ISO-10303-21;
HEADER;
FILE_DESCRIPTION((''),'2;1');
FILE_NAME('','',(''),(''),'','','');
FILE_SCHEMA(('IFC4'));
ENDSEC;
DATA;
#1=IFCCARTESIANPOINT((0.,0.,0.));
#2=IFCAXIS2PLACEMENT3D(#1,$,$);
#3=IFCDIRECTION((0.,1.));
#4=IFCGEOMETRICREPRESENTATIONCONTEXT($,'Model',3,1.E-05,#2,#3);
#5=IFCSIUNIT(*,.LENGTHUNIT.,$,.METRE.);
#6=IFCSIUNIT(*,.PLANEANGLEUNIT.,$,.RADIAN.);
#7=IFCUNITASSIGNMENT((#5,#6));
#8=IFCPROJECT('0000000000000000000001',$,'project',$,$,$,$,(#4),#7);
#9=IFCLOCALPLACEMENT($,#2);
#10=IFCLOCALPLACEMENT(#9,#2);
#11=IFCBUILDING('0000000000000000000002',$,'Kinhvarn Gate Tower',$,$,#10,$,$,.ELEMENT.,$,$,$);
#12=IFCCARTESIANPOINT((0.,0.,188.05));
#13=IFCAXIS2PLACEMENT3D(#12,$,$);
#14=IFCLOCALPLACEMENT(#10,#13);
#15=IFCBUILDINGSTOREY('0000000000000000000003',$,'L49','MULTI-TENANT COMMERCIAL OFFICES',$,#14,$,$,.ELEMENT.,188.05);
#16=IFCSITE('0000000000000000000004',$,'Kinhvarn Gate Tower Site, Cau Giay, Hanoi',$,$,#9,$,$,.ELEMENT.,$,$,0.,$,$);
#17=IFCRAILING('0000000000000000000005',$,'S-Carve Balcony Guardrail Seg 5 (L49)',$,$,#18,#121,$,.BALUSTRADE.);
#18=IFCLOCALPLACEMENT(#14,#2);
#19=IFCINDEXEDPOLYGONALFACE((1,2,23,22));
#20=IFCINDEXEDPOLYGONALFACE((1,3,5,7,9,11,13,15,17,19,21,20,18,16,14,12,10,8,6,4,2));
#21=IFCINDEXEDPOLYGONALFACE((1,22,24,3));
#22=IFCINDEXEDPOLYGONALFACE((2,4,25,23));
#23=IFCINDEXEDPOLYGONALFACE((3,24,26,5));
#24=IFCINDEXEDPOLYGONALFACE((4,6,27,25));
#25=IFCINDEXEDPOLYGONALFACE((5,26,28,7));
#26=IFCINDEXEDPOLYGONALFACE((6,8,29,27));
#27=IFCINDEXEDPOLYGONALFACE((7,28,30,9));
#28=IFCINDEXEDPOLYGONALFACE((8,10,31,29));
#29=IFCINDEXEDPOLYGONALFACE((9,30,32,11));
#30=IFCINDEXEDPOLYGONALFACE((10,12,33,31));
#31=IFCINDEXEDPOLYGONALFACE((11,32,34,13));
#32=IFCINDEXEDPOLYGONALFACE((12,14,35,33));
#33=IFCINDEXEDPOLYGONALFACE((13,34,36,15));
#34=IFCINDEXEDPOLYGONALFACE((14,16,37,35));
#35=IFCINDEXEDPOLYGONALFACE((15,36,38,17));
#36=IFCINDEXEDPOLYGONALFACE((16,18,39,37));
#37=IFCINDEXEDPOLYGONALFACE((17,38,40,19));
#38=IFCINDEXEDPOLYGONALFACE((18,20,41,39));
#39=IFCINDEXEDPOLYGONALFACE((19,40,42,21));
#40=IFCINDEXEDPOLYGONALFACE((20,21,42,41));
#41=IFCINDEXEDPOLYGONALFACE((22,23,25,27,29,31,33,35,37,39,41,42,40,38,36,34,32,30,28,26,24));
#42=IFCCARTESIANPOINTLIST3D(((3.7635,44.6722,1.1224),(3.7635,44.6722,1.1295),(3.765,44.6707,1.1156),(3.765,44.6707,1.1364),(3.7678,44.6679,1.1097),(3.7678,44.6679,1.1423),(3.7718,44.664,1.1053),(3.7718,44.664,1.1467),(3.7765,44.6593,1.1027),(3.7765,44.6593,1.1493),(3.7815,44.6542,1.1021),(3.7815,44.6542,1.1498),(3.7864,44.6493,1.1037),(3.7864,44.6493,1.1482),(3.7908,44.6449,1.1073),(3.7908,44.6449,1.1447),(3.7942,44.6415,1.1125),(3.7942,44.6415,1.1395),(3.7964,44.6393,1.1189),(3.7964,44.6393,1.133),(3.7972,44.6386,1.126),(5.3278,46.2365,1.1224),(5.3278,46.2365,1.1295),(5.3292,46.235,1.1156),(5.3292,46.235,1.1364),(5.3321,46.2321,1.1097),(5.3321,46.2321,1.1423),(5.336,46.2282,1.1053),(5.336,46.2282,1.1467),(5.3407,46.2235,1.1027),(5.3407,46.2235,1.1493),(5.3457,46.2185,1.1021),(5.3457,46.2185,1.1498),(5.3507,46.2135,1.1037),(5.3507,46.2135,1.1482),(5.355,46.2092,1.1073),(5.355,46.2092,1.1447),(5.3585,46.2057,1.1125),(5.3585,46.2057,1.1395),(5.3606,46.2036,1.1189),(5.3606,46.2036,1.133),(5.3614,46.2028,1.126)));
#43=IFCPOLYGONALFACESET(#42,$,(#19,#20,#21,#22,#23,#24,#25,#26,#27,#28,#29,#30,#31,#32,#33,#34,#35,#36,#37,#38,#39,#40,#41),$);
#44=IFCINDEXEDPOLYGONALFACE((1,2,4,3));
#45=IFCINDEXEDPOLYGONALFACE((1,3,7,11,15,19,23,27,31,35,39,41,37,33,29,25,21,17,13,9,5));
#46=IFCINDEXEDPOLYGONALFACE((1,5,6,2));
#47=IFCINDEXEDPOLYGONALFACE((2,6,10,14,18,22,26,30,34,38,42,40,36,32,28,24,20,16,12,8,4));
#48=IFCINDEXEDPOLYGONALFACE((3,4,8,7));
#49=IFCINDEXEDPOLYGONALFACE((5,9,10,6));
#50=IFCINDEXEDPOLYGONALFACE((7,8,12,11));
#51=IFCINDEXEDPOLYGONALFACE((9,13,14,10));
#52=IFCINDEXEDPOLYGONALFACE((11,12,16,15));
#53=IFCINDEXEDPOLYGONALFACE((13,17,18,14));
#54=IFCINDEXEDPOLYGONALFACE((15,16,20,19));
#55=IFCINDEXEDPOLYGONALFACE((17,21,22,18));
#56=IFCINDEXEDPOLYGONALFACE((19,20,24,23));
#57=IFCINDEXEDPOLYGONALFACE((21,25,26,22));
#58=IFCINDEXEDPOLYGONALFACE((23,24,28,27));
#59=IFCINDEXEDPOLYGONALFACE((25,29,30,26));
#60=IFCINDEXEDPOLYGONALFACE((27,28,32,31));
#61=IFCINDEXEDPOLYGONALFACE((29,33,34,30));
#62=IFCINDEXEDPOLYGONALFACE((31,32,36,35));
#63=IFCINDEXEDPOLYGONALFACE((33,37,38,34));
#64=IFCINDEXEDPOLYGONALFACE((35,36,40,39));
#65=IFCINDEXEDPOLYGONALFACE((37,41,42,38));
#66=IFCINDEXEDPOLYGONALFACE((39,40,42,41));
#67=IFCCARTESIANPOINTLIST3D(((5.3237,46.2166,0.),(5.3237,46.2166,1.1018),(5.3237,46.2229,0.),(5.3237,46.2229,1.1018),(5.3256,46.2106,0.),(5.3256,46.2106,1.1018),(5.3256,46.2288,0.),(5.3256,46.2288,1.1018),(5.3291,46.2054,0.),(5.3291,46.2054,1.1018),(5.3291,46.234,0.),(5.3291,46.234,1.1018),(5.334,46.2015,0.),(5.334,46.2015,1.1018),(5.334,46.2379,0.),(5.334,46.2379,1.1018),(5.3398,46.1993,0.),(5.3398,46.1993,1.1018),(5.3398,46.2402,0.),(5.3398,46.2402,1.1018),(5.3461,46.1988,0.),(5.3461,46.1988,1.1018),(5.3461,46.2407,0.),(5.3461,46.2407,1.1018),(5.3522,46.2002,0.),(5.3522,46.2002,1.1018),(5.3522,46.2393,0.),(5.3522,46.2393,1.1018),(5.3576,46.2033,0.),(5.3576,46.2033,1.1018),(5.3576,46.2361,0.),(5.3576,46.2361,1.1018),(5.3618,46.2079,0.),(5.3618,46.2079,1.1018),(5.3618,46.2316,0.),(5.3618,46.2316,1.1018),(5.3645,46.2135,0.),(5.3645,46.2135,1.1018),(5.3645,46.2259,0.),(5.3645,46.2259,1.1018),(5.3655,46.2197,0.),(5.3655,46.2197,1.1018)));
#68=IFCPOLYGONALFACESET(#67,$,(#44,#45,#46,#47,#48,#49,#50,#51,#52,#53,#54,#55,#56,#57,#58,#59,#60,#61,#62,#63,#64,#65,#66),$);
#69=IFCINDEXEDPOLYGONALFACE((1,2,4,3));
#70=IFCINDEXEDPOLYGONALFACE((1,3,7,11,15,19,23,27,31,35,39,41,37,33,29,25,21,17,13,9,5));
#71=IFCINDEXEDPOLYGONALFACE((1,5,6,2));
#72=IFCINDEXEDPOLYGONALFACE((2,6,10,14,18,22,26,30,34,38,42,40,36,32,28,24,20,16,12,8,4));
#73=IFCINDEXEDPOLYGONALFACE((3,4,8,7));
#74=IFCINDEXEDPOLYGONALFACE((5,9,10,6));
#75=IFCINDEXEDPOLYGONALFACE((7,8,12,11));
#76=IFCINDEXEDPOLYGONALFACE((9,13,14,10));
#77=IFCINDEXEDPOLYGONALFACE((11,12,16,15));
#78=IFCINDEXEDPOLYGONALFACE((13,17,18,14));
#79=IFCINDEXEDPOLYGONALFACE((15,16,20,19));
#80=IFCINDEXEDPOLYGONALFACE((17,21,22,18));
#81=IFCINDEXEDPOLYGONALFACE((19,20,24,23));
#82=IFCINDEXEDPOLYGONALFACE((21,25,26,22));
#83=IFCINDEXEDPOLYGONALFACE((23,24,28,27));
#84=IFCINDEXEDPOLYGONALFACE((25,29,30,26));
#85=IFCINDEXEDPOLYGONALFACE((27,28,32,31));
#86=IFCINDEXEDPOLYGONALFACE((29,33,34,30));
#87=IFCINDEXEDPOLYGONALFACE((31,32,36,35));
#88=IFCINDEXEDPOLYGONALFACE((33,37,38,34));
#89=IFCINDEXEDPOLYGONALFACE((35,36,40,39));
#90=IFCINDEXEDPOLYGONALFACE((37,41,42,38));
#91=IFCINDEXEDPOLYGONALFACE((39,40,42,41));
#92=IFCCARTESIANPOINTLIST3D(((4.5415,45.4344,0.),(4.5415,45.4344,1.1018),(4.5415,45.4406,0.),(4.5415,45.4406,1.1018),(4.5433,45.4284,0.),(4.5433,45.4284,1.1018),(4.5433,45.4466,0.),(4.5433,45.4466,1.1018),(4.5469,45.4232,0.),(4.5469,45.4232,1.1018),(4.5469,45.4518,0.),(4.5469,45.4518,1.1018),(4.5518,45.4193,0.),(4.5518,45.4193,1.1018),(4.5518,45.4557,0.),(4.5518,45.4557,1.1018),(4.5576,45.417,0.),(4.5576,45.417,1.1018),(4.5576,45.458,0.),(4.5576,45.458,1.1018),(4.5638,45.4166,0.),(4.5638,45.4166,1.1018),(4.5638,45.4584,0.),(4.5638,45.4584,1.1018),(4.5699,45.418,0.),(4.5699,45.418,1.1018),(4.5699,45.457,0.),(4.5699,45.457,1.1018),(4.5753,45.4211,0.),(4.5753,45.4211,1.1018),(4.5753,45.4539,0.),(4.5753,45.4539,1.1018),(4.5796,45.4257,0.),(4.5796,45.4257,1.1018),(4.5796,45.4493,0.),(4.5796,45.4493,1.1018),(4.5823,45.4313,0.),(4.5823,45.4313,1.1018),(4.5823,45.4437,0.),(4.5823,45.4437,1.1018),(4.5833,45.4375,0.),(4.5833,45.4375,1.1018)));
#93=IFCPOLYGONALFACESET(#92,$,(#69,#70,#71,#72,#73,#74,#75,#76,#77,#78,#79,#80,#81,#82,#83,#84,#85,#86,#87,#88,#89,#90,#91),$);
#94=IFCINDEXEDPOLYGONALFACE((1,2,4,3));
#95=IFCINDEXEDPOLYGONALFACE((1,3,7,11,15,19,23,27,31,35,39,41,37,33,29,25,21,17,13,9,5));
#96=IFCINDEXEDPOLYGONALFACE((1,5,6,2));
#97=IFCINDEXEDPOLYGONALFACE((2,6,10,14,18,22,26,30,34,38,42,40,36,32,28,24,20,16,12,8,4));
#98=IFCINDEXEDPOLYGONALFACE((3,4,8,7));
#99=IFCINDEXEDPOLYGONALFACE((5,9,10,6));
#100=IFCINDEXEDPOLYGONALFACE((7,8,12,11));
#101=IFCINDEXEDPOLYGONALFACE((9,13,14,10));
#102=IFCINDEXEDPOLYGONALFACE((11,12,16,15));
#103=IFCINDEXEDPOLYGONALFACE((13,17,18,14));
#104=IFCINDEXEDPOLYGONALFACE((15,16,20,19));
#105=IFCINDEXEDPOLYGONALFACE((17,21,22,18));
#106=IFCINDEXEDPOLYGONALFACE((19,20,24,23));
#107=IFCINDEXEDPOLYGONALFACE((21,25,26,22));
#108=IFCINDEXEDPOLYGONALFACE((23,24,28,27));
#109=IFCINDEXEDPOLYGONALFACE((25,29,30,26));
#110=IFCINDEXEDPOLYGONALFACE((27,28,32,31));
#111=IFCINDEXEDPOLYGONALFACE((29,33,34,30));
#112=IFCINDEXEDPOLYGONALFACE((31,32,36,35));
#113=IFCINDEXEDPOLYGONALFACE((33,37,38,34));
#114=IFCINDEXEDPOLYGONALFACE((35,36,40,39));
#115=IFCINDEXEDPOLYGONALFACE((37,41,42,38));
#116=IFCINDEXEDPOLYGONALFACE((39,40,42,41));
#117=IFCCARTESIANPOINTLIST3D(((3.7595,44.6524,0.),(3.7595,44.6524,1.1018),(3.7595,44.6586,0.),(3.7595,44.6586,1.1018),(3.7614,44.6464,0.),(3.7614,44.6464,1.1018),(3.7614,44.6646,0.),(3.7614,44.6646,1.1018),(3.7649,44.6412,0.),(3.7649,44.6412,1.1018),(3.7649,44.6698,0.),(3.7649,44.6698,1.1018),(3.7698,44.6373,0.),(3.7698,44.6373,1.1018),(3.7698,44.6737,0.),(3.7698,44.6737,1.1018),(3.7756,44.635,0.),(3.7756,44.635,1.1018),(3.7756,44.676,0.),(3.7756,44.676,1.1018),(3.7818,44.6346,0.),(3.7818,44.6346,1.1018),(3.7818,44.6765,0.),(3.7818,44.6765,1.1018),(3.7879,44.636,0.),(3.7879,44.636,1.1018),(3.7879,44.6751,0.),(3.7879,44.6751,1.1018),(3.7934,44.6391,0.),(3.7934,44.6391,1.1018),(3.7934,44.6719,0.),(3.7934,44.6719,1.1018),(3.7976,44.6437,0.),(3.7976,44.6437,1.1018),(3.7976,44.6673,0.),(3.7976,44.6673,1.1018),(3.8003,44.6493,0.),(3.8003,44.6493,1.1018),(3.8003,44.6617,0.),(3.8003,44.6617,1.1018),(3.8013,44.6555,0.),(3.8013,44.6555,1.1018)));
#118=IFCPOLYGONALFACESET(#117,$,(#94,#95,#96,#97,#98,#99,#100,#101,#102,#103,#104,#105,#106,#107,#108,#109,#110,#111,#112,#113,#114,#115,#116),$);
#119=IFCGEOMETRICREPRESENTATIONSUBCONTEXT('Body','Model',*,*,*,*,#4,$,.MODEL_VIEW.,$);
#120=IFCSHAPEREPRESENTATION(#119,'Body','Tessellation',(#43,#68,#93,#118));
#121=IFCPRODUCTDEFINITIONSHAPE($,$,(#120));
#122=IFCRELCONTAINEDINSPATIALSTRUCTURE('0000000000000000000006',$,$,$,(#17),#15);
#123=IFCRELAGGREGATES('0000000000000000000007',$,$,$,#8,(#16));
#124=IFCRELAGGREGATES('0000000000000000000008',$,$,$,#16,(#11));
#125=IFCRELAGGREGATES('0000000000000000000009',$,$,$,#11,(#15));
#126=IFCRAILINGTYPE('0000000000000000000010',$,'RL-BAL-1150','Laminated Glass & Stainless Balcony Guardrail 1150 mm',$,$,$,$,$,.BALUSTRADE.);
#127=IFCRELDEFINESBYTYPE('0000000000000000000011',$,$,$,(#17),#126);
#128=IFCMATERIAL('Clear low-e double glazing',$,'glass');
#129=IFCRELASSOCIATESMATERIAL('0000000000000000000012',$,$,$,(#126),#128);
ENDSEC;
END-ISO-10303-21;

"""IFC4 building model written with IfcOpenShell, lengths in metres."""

from ifc_helpers import new_model, si_unit, direction, frame, origin, origin_2d, place, context, subcontext, project, spatial, circle, extrude, material, type_object, element, save


model = new_model("IFC4")

# Units and contexts
model_context = context("Model", 3, precision=1e-05, world=origin(), true_north=direction((0.0, 1.0)))
body_context = subcontext(model_context, "Body", "Model", "MODEL_VIEW")
ifc_project = project(units=[si_unit("LENGTHUNIT", "METRE"), si_unit("PLANEANGLEUNIT", "RADIAN")], contexts=[model_context])

# Site, building, storey
site_placement = place(None, origin())
site = spatial("IfcSite", under=ifc_project, at=site_placement, Name="Kinhvarn Gate Tower Site, Cau Giay, Hanoi", CompositionType="ELEMENT", RefElevation=0.0)
building_placement = place(site_placement, origin())
building = spatial("IfcBuilding", under=site, at=building_placement, Name="Kinhvarn Gate Tower", CompositionType="ELEMENT")
storey_placement = place(building_placement, frame((0.0, 0.0, 188.05)))
storey = spatial("IfcBuildingStorey", under=building, at=storey_placement, Name="L49", Description="MULTI-TENANT COMMERCIAL OFFICES", CompositionType="ELEMENT", Elevation=188.05)

# Shared definitions
ifc_material_1 = material(Name="Clear low-e double glazing", Category="glass")

# Railing
railing_type = type_object("IfcRailingType", Name="RL-BAL-1150", Description="Laminated Glass & Stainless Balcony Guardrail 1150 mm", PredefinedType="BALUSTRADE", material=ifc_material_1)
railing_1_placement = place(storey_placement, frame((5.3445, 46.2197, 0.0)))
element("IfcRailing", 1, at=railing_1_placement, inside=storey, type_object=railing_type, Name="S-Carve Balcony Guardrail Seg 5 (L49)", PredefinedType="BALUSTRADE", context=body_context, shape_type="SweptSolid", body=[
    extrude(circle(Radius=0.0239, at=origin_2d()), frame((0.0, 0.0, 1.126), z_axis=(-0.707107, -0.707107, 0.0), x_axis=(0.707107, -0.707107, 0.0)), (0.0, 0.0, 1.0), 2.2122),
    extrude(circle(Radius=0.021, at=origin_2d()), origin(), (0.0, 0.0, 1.0), 1.1018),
    extrude(circle(Radius=0.021, at=origin_2d()), frame((-0.7822, -0.7822, 0.0)), (0.0, 0.0, 1.0), 1.1018),
    extrude(circle(Radius=0.021, at=origin_2d()), frame((-1.5642, -1.5642, 0.0)), (0.0, 0.0, 1.0), 1.1018),
])

save(model, "model.ifc")
